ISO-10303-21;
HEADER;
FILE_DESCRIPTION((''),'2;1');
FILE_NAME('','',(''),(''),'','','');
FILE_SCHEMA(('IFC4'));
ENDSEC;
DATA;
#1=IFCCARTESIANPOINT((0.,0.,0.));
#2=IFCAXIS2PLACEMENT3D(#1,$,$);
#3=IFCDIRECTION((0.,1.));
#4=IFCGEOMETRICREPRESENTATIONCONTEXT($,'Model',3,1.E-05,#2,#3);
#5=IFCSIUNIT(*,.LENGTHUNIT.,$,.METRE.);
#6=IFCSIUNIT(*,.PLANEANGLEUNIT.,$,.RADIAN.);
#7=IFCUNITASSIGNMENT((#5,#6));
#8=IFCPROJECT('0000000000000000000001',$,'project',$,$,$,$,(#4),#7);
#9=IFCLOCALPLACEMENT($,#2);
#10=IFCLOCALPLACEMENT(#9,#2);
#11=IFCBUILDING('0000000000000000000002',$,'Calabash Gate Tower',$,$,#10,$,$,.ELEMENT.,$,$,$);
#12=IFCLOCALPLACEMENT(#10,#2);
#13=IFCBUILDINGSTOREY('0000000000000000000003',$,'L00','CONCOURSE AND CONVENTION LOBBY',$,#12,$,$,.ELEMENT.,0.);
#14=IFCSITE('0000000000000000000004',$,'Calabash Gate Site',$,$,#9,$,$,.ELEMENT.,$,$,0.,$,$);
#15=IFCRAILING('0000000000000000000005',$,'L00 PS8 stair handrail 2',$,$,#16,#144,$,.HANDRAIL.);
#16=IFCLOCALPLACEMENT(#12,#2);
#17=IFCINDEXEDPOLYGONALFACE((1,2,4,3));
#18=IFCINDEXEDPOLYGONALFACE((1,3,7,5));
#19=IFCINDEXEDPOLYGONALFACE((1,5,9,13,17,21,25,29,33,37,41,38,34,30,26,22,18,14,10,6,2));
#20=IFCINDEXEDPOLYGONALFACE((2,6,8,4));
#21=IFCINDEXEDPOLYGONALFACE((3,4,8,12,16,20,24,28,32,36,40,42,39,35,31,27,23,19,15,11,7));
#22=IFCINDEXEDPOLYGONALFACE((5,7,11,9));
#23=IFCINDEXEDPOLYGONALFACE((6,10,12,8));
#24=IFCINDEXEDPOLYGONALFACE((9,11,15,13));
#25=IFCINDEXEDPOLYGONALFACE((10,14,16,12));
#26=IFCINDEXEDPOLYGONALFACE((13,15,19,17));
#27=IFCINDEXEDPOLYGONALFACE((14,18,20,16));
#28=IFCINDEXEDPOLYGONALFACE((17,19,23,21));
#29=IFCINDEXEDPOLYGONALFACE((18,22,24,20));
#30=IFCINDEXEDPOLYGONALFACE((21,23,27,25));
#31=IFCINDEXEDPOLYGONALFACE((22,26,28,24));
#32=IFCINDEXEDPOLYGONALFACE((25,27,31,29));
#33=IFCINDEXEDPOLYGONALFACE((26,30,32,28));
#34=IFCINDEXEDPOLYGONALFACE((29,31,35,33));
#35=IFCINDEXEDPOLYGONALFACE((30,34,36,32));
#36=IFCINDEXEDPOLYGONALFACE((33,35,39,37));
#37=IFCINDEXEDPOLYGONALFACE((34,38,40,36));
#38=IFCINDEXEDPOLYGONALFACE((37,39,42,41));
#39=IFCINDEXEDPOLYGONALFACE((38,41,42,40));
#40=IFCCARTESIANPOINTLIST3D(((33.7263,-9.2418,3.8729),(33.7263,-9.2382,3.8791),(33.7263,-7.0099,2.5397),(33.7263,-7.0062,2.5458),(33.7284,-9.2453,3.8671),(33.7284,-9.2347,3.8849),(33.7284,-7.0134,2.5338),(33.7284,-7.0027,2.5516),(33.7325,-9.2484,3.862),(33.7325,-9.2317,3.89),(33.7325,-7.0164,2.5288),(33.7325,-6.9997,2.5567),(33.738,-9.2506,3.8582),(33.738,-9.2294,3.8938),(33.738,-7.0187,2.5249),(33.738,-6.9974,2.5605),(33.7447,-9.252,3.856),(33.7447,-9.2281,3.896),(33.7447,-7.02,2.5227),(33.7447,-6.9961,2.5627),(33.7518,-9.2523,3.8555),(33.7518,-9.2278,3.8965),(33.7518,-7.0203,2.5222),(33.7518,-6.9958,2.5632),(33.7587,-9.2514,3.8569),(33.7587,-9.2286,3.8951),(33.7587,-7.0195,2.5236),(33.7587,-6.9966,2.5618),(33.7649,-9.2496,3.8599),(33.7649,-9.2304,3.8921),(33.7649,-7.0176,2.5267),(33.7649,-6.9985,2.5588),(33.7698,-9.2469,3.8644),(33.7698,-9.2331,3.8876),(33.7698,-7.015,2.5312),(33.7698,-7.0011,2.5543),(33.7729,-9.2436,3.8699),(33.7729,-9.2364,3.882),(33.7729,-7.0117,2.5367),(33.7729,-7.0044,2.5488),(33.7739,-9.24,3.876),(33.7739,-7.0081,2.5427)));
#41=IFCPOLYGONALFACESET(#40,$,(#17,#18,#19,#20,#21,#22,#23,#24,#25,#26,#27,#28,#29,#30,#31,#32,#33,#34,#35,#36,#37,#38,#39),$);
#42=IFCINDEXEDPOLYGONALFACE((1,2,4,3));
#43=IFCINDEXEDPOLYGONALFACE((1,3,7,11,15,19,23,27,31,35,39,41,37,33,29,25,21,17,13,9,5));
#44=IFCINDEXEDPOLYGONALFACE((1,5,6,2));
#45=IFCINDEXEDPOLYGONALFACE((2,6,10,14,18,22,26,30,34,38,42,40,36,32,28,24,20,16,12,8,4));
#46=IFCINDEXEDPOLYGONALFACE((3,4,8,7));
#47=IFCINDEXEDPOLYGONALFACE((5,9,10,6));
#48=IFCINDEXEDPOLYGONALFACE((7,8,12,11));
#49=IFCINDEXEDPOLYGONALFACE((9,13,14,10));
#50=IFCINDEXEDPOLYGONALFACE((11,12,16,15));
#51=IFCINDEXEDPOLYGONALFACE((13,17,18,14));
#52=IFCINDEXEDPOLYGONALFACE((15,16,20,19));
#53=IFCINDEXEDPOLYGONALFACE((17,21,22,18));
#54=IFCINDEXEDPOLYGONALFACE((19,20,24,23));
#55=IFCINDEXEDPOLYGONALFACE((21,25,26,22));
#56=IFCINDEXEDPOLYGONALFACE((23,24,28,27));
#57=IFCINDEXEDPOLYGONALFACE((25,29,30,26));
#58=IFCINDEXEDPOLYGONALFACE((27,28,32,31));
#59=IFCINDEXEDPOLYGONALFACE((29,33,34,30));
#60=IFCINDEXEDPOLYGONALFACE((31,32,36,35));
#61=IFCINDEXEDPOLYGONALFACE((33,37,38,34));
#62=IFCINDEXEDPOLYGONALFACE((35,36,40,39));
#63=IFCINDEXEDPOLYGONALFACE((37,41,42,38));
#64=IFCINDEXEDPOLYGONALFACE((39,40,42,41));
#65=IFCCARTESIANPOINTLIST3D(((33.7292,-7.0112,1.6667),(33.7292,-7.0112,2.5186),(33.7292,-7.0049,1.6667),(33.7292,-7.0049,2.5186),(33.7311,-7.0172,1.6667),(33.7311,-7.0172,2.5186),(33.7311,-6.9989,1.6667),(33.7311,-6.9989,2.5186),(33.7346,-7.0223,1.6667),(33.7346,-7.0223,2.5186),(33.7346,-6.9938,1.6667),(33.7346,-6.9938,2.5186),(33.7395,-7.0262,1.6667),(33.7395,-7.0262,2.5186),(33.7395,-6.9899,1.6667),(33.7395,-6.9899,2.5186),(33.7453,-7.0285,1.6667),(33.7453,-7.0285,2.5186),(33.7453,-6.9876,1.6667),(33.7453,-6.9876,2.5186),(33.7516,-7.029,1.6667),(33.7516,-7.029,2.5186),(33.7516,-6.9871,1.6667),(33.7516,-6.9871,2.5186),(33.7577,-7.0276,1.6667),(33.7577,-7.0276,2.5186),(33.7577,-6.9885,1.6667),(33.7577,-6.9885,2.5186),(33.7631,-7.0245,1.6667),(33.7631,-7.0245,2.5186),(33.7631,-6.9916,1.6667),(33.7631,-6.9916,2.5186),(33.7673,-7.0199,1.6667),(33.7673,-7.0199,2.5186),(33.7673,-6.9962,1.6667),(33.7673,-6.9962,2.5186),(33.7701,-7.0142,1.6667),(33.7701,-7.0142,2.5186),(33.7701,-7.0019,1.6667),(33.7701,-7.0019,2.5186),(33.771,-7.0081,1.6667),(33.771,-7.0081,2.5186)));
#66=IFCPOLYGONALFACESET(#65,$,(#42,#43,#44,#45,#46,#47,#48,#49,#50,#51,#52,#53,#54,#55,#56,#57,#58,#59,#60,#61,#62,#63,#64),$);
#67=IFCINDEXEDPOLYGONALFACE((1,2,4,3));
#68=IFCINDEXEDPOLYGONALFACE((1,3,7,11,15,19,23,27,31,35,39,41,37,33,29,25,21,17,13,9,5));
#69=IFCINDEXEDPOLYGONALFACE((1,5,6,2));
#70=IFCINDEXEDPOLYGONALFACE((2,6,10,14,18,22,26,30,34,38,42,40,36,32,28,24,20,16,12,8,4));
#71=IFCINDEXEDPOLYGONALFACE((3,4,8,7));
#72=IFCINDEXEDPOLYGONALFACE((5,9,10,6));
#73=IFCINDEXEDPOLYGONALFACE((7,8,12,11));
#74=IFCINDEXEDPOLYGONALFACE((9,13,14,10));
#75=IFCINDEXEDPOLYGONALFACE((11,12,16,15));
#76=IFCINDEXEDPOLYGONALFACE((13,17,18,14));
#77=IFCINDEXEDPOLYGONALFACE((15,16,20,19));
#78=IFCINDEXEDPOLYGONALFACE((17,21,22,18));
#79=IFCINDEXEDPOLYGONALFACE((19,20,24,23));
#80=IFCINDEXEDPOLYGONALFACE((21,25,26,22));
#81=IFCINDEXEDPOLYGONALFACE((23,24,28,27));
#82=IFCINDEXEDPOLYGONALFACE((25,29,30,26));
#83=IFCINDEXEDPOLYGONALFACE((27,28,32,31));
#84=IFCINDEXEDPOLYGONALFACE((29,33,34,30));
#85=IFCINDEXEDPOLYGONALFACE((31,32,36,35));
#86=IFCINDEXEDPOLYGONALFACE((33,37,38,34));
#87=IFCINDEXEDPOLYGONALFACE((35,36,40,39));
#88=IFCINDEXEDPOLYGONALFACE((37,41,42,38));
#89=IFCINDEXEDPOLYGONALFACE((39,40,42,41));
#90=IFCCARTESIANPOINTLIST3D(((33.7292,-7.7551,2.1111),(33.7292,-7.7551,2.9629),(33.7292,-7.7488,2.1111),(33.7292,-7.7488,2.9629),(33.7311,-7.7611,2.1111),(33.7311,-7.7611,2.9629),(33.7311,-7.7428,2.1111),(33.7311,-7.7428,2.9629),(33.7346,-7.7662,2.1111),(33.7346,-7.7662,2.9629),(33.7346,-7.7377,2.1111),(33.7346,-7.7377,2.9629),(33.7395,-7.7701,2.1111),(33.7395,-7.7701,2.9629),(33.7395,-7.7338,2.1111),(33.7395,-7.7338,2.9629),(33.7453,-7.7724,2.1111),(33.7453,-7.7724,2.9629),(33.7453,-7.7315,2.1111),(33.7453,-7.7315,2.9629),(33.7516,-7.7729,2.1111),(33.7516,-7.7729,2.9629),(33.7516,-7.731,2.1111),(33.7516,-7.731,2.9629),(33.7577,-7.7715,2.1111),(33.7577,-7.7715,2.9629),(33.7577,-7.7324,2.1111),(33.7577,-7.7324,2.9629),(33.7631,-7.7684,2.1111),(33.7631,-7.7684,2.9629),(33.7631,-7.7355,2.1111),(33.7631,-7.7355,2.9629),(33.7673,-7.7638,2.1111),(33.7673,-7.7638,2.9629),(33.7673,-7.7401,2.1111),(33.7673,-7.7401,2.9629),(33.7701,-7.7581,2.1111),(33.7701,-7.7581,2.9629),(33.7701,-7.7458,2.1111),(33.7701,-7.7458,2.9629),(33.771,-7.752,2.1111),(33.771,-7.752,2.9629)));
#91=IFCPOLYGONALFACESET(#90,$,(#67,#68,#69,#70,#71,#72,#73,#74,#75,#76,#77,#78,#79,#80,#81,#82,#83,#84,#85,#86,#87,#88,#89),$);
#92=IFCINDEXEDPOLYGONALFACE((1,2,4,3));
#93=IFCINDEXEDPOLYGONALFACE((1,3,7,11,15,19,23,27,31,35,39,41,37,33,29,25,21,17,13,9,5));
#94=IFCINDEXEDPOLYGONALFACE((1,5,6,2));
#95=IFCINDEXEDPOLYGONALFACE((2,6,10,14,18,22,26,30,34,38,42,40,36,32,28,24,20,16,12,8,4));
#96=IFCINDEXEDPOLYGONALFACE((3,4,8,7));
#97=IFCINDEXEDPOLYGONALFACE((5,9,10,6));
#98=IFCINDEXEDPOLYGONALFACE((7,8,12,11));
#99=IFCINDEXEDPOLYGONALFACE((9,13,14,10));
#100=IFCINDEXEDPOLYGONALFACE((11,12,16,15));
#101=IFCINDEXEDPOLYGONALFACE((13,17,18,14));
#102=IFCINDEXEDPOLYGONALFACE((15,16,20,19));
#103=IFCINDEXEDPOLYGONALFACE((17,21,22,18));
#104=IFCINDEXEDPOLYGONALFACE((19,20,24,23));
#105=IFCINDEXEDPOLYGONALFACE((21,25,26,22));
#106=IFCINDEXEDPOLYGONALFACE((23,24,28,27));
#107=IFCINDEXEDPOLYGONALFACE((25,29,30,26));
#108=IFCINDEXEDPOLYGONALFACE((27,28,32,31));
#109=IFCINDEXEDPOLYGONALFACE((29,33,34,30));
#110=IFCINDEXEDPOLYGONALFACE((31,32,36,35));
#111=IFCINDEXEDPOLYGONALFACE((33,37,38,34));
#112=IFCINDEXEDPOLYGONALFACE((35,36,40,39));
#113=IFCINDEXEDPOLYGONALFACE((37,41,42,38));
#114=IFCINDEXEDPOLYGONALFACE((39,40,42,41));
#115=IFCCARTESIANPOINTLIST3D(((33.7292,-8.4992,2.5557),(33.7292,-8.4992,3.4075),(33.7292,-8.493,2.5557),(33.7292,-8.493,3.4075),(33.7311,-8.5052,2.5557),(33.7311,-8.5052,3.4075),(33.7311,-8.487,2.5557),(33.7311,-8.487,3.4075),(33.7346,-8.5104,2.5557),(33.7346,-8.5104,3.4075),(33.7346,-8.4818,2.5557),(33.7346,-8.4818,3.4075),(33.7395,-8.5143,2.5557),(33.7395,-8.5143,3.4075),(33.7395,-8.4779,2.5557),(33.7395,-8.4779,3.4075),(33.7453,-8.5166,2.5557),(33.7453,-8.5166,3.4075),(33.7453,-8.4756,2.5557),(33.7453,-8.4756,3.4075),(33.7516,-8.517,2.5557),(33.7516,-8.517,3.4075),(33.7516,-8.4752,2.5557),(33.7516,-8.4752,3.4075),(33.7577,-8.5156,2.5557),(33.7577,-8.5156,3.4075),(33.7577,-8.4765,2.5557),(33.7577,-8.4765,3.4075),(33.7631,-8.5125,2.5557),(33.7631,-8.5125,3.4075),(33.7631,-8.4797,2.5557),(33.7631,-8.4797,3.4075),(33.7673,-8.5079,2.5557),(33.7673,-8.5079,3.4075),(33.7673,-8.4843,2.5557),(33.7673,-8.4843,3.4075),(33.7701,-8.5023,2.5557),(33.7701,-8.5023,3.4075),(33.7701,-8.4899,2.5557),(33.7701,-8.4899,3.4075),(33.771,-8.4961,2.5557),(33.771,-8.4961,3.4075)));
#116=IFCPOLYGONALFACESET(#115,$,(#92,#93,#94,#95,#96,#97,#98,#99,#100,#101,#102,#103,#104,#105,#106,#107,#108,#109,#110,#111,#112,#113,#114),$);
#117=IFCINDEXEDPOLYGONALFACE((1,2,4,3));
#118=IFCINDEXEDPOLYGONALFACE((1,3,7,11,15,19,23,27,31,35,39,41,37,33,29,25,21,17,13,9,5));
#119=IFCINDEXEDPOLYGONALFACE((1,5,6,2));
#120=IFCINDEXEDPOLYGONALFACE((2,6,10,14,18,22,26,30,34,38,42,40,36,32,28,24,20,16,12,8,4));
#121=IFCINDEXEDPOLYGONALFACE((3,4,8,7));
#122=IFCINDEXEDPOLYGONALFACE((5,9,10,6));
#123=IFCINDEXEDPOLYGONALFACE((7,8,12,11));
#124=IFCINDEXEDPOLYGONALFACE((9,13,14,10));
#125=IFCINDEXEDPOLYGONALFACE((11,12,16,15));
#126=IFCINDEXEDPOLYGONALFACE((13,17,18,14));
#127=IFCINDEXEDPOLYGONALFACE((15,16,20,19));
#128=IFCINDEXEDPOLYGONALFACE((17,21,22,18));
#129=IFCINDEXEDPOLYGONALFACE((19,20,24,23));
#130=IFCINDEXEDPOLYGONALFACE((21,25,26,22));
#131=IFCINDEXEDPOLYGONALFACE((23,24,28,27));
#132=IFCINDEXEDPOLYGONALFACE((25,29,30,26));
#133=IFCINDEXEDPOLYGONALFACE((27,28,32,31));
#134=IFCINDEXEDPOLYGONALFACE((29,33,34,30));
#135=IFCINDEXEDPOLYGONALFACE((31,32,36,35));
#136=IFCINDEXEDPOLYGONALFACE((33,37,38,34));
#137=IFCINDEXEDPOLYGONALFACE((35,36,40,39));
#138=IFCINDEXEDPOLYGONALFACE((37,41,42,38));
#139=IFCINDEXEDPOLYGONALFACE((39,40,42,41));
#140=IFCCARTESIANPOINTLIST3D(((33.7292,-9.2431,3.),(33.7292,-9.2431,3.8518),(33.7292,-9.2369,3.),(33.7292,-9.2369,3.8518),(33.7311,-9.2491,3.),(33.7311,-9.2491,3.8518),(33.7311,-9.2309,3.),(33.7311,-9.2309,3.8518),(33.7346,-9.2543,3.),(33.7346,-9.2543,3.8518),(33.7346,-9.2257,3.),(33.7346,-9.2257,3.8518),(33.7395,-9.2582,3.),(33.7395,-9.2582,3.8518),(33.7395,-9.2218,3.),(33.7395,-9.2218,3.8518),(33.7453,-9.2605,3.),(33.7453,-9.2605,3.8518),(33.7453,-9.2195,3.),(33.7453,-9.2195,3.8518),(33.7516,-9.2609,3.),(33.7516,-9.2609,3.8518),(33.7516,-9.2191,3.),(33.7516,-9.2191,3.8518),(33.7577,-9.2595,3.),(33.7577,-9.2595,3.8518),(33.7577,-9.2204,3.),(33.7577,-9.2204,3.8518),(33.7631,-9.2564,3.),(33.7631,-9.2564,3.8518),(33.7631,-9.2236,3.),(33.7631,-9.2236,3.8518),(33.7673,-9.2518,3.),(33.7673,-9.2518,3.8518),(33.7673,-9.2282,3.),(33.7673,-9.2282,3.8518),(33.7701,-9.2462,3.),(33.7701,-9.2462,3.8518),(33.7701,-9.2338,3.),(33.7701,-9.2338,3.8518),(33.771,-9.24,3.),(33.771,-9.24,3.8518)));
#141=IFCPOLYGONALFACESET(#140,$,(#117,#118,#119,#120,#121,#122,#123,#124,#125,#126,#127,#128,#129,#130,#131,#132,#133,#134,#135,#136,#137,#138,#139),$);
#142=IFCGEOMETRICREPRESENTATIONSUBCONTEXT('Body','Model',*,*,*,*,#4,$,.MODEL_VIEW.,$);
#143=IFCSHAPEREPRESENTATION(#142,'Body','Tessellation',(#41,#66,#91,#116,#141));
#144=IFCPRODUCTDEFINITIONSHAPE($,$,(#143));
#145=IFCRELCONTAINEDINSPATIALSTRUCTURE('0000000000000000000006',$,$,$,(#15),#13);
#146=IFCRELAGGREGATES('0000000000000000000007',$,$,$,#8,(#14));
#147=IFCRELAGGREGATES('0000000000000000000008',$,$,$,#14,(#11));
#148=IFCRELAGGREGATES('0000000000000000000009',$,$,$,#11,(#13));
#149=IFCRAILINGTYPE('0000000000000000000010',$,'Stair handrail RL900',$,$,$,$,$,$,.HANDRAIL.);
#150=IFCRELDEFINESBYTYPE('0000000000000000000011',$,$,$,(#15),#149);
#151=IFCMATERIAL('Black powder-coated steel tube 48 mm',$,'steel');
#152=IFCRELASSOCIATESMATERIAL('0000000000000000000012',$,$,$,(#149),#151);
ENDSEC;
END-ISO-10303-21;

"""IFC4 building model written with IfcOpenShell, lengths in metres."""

from ifc_helpers import new_model, si_unit, direction, frame, origin, origin_2d, place, context, subcontext, project, spatial, circle, extrude, material, type_object, element, save


model = new_model("IFC4")

# Units and contexts
model_context = context("Model", 3, precision=1e-05, world=origin(), true_north=direction((0.0, 1.0)))
body_context = subcontext(model_context, "Body", "Model", "MODEL_VIEW")
ifc_project = project(units=[si_unit("LENGTHUNIT", "METRE"), si_unit("PLANEANGLEUNIT", "RADIAN")], contexts=[model_context])

# Site, building, storey
site_placement = place(None, origin())
site = spatial("IfcSite", under=ifc_project, at=site_placement, Name="Calabash Gate Site", CompositionType="ELEMENT", RefElevation=0.0)
building_placement = place(site_placement, origin())
building = spatial("IfcBuilding", under=site, at=building_placement, Name="Calabash Gate Tower", CompositionType="ELEMENT")
storey_placement = place(building_placement, origin())
storey = spatial("IfcBuildingStorey", under=building, at=storey_placement, Name="L00", Description="CONCOURSE AND CONVENTION LOBBY", CompositionType="ELEMENT", Elevation=0.0)

# Railing
ifc_material_1 = material(Name="Black powder-coated steel tube 48 mm", Category="steel")
railing_type_1 = type_object("IfcRailingType", Name="Stair handrail RL900", PredefinedType="HANDRAIL", material=ifc_material_1)
for number, where, name in (
    (1, (33.75, -7.0081, 1.6667), "L00 PS8 stair handrail 2"),
):
    element("IfcRailing", number, at=place(storey_placement, frame(where)), inside=storey, type_object=railing_type_1, Name=name, PredefinedType="HANDRAIL", context=body_context, shape_type="SweptSolid", body=[
        extrude(circle(Radius=0.0239, at=origin_2d()), frame((0.0, 0.0, 0.876), z_axis=(0.0, -0.858494, 0.512824), x_axis=(1.0, 0.0, 0.0)), (0.0, 0.0, 1.0), 2.5999),
        extrude(circle(Radius=0.021, at=origin_2d()), origin(), (0.0, 0.0, 1.0), 0.8518),
        extrude(circle(Radius=0.021, at=origin_2d()), frame((0.0, -0.7439, 0.4443)), (0.0, 0.0, 1.0), 0.8518),
        extrude(circle(Radius=0.021, at=origin_2d()), frame((0.0, -1.488, 0.8889)), (0.0, 0.0, 1.0), 0.8518),
        extrude(circle(Radius=0.021, at=origin_2d()), frame((0.0, -2.2319, 1.3333)), (0.0, 0.0, 1.0), 0.8518),
    ])

save(model, "model.ifc")
